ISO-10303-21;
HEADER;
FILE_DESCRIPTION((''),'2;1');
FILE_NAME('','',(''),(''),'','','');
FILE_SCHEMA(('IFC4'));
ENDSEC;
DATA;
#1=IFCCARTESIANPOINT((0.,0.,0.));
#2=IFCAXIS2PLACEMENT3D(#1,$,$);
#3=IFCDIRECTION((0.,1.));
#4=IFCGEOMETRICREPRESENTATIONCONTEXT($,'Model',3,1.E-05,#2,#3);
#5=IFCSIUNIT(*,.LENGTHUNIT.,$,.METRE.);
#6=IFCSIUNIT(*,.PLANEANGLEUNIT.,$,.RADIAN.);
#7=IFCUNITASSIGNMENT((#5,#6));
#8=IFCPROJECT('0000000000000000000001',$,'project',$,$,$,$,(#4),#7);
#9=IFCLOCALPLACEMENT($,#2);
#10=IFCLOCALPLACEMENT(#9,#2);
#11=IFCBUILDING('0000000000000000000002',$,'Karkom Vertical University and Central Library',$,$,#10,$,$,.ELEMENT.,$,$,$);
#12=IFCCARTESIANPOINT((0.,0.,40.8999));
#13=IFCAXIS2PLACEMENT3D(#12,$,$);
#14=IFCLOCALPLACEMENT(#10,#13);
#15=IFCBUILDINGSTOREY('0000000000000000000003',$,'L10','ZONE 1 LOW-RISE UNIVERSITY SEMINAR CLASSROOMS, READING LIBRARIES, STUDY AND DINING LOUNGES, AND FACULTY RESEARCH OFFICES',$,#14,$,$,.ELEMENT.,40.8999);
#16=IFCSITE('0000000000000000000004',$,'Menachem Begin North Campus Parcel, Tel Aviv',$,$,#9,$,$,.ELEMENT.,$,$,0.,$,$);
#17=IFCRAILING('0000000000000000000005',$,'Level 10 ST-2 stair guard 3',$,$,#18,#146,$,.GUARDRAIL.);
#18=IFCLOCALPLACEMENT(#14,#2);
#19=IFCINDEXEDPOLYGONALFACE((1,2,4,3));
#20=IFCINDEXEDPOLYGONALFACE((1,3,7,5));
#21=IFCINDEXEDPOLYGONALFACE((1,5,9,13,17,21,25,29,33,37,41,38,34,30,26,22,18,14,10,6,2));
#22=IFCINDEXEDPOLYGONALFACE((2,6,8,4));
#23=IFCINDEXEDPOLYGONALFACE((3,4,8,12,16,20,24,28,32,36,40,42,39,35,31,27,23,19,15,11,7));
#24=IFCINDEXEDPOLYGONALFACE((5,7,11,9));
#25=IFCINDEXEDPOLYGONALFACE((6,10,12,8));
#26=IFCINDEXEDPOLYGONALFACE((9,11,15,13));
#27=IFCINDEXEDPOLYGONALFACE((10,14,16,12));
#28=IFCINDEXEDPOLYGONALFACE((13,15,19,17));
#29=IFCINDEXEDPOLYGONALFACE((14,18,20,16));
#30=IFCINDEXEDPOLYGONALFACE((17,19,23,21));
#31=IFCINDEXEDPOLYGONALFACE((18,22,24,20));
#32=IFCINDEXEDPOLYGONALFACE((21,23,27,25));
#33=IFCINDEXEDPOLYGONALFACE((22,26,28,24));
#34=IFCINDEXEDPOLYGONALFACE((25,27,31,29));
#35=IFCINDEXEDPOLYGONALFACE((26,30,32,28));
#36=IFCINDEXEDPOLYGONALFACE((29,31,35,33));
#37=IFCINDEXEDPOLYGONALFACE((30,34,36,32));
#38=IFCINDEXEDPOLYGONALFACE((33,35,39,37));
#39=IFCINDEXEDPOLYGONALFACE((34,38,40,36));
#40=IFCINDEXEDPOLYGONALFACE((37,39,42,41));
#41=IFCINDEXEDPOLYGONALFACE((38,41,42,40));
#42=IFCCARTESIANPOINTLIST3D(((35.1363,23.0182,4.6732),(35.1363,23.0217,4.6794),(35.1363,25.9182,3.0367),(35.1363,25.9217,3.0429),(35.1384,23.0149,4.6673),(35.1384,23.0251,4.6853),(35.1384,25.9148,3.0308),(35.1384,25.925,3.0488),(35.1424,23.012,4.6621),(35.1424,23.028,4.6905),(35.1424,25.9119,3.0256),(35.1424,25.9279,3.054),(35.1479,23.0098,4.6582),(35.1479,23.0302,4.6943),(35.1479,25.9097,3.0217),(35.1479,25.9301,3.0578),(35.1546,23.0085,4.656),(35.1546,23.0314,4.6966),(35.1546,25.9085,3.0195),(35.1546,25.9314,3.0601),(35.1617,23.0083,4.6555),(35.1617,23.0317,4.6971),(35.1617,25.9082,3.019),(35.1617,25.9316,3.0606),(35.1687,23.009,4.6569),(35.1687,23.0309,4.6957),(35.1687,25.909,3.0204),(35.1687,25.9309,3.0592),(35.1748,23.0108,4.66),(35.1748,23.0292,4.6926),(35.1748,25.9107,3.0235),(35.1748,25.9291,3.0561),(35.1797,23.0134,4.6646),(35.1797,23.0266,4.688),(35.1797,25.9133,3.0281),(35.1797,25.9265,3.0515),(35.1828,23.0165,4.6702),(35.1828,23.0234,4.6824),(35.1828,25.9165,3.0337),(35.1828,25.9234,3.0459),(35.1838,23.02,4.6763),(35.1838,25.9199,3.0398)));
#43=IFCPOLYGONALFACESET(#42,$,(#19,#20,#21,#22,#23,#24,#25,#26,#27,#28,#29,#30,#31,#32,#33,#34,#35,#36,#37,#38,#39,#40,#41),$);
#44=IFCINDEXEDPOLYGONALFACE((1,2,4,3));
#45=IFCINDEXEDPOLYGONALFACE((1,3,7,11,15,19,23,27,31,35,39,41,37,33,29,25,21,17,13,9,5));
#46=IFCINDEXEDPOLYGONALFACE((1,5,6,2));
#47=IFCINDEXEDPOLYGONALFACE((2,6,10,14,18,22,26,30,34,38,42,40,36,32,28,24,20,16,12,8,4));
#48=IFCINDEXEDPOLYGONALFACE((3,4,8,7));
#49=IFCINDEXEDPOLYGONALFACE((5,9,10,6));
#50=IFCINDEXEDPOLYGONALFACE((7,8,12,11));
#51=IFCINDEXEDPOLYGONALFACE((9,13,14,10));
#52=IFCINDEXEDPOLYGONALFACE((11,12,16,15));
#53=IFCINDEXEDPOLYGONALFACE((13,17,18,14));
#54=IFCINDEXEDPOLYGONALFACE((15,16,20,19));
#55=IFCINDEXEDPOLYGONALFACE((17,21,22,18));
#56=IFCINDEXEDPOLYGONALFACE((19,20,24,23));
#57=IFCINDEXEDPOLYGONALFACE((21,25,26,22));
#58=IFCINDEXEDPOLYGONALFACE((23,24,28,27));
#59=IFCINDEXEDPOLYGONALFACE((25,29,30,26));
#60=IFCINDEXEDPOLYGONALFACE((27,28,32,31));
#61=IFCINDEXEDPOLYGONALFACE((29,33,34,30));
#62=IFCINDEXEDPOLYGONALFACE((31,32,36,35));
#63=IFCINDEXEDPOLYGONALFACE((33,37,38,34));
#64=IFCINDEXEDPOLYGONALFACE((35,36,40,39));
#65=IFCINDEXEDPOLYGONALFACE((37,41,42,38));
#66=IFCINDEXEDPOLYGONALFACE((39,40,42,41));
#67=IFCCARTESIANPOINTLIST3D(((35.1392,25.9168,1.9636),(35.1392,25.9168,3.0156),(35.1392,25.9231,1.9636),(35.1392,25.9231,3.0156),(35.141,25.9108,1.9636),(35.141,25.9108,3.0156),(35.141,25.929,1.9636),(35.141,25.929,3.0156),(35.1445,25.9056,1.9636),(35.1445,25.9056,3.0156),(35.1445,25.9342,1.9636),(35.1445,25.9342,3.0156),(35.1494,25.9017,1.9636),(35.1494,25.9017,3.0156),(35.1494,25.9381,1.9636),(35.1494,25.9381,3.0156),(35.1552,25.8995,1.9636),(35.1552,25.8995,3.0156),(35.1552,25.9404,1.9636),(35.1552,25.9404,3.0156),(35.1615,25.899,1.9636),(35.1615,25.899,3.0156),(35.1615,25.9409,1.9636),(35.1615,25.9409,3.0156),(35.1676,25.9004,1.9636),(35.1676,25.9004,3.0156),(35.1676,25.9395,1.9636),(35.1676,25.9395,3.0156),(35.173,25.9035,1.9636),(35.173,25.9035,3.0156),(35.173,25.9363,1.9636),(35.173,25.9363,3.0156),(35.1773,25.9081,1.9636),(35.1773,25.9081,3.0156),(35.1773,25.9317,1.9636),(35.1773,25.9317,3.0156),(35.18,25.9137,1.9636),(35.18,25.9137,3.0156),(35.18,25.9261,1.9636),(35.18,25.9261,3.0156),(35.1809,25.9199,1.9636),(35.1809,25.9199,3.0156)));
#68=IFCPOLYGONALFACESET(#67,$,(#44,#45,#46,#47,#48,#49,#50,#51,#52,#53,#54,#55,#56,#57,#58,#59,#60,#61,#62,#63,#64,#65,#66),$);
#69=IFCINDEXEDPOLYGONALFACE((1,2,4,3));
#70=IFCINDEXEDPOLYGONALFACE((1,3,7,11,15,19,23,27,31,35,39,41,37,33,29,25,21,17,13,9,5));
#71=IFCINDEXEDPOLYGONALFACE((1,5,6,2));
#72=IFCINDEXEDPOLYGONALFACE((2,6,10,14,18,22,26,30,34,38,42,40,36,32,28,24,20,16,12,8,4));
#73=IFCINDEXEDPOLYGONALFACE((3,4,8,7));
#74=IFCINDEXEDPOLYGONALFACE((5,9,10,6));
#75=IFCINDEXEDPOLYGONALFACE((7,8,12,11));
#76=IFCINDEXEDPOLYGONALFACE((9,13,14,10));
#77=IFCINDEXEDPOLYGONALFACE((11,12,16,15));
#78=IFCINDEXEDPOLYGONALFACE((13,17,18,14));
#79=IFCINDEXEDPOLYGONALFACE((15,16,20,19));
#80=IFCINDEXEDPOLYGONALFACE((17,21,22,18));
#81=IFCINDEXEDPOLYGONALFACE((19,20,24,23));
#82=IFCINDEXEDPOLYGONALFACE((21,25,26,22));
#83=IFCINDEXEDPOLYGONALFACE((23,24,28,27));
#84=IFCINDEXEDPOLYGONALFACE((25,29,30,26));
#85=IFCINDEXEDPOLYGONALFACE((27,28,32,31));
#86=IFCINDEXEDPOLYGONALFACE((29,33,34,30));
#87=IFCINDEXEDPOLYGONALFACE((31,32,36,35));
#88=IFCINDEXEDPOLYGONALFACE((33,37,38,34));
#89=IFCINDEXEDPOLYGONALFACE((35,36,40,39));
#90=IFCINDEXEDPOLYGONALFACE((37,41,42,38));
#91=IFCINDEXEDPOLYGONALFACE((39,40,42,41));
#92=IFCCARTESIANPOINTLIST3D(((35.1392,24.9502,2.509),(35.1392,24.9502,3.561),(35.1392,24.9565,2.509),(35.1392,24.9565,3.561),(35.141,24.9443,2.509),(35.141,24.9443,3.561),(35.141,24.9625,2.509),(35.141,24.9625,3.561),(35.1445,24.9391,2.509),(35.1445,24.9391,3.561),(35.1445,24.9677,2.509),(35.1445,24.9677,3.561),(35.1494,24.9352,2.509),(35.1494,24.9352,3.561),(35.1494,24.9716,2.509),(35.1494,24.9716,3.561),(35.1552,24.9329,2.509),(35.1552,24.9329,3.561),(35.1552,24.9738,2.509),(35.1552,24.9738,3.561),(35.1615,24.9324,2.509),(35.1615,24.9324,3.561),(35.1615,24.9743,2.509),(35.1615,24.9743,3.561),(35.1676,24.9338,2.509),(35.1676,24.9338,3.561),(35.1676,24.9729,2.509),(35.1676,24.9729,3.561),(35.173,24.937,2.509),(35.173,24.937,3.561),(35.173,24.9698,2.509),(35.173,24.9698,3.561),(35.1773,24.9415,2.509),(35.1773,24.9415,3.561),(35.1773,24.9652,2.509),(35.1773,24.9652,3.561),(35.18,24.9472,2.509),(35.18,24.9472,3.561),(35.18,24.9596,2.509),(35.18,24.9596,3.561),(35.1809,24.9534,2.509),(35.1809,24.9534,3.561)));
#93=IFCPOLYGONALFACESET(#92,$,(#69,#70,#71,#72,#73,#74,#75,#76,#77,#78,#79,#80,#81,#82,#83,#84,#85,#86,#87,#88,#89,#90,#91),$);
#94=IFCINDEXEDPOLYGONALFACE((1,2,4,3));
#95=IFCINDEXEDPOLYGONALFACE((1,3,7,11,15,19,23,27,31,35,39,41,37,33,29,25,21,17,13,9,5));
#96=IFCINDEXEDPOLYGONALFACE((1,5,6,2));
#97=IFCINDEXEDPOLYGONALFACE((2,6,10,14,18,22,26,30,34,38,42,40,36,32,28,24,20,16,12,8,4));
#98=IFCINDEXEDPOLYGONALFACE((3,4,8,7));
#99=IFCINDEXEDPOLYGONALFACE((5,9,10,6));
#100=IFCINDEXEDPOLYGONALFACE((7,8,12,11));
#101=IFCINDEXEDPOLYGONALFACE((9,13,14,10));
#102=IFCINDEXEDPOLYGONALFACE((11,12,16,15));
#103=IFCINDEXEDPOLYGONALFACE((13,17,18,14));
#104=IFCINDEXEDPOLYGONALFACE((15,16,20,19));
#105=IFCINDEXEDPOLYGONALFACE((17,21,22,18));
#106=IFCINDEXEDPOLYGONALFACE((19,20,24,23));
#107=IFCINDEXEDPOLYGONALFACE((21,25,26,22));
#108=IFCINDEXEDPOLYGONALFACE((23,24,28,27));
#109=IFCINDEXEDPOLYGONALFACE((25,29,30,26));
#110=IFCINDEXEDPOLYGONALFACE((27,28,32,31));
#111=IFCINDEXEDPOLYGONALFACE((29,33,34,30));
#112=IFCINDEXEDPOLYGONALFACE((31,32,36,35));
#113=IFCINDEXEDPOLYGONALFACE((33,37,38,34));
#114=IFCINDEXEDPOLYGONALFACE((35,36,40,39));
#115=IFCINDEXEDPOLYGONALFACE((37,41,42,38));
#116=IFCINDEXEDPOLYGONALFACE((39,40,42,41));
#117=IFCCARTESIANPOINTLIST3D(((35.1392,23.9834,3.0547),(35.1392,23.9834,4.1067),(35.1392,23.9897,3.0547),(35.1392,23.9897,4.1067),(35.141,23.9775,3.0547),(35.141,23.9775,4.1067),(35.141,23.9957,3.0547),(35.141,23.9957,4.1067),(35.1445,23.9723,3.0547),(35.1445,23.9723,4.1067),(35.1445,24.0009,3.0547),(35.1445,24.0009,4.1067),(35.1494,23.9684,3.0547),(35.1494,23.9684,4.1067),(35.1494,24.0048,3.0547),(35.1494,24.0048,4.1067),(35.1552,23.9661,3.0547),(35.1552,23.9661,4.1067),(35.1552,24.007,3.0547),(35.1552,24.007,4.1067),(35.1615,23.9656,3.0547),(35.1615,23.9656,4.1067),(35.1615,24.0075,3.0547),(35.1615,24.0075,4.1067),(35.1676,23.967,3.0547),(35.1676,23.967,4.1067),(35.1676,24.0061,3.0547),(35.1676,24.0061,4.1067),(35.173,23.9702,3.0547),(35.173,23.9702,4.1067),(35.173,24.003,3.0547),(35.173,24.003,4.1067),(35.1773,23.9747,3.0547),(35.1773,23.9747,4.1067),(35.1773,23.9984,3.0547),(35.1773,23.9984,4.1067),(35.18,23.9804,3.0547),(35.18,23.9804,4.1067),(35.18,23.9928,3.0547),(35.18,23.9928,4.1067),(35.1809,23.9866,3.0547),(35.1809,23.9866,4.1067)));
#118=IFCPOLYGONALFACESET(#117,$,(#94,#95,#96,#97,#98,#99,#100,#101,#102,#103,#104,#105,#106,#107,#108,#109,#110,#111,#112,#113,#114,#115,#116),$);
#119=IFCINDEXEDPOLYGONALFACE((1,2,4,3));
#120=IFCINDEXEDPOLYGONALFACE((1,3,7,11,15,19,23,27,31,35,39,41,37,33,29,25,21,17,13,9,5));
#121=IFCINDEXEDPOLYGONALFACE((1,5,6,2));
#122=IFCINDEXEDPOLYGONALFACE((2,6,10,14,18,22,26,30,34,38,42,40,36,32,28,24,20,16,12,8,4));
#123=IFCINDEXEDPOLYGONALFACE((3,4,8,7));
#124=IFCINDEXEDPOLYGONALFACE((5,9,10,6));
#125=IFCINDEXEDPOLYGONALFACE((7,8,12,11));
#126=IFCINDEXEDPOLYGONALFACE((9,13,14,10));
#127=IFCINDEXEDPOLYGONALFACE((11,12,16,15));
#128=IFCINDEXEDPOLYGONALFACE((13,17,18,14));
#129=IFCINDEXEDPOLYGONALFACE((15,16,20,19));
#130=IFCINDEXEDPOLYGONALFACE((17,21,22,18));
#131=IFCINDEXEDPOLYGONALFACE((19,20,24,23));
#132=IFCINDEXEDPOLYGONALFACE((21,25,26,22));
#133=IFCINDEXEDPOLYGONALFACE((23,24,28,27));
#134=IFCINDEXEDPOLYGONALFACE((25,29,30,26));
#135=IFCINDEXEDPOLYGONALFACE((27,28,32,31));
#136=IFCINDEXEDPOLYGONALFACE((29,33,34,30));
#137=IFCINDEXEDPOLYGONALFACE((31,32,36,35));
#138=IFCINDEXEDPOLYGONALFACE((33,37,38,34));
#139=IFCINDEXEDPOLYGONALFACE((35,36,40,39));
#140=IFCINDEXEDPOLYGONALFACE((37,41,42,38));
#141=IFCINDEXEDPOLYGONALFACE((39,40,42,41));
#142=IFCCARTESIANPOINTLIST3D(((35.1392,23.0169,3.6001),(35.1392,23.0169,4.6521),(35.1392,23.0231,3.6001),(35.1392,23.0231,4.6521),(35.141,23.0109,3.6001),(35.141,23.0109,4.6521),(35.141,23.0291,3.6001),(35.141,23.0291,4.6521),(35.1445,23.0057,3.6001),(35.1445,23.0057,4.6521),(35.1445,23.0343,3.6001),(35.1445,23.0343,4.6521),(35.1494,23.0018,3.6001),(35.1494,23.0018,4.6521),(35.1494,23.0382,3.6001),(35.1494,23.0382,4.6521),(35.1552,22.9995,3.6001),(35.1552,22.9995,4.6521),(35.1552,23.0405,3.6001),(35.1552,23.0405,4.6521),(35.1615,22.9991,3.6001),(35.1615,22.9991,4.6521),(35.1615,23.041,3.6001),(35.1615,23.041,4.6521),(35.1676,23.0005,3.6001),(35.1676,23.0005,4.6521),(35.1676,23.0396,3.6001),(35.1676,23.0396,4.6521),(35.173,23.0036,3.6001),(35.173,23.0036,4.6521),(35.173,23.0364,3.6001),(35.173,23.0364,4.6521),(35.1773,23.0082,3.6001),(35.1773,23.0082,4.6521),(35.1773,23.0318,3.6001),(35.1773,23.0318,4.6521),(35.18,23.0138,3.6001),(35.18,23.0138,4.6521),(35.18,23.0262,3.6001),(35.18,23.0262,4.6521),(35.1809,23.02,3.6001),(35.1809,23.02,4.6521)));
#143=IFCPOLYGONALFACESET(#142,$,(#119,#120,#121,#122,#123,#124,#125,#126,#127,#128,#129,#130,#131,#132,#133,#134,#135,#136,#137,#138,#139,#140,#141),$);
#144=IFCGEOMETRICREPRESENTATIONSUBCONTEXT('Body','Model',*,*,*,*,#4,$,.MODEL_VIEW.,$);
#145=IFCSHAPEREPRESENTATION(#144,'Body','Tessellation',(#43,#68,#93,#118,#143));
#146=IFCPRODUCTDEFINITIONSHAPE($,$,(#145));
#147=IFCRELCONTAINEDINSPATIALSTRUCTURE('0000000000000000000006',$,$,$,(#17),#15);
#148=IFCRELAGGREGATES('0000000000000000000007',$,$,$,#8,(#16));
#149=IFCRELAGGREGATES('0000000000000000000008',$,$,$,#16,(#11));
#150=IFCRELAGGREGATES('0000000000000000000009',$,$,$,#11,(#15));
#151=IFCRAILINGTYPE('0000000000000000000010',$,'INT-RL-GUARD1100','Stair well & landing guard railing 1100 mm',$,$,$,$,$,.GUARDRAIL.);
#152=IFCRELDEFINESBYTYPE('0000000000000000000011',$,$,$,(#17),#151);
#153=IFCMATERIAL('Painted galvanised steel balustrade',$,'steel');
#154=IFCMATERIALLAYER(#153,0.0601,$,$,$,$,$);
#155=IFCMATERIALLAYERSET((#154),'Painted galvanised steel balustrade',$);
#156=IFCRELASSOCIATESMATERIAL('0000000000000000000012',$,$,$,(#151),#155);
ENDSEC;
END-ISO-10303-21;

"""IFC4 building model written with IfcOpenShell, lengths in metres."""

from ifc_helpers import new_model, si_unit, direction, frame, origin, origin_2d, place, context, subcontext, project, spatial, circle, extrude, material, layer, layer_set, type_object, element, save


model = new_model("IFC4")

# Units and contexts
model_context = context("Model", 3, precision=1e-05, world=origin(), true_north=direction((0.0, 1.0)))
body_context = subcontext(model_context, "Body", "Model", "MODEL_VIEW")
ifc_project = project(units=[si_unit("LENGTHUNIT", "METRE"), si_unit("PLANEANGLEUNIT", "RADIAN")], contexts=[model_context])

# Site, building, storey
site_placement = place(None, origin())
site = spatial("IfcSite", under=ifc_project, at=site_placement, Name="Menachem Begin North Campus Parcel, Tel Aviv", CompositionType="ELEMENT", RefElevation=0.0)
building_placement = place(site_placement, origin())
building = spatial("IfcBuilding", under=site, at=building_placement, Name="Karkom Vertical University and Central Library", CompositionType="ELEMENT")
storey_placement = place(building_placement, frame((0.0, 0.0, 40.8999)))
storey = spatial("IfcBuildingStorey", under=building, at=storey_placement, Name="L10", Description="ZONE 1 LOW-RISE UNIVERSITY SEMINAR CLASSROOMS, READING LIBRARIES, STUDY AND DINING LOUNGES, AND FACULTY RESEARCH OFFICES", CompositionType="ELEMENT", Elevation=40.8999)

# Railing
ifc_material_1 = material(Name="Painted galvanised steel balustrade", Category="steel")
ifc_layer_1 = layer(ifc_material_1, 0.0601)
ifc_layer_set_1 = layer_set([ifc_layer_1], Name="Painted galvanised steel balustrade")
railing_type = type_object("IfcRailingType", Name="INT-RL-GUARD1100", Description="Stair well & landing guard railing 1100 mm", PredefinedType="GUARDRAIL", material=ifc_layer_set_1)
railing_1_placement = place(storey_placement, frame((35.1599, 25.9199, 1.9636)))
element("IfcRailing", 1, at=railing_1_placement, inside=storey, type_object=railing_type, Name="Level 10 ST-2 stair guard 3", PredefinedType="GUARDRAIL", context=body_context, shape_type="SweptSolid", body=[
    extrude(circle(Radius=0.0239, at=origin_2d()), frame((0.0, 0.0, 1.0762), z_axis=(0.0, -0.870897, 0.491465), x_axis=(1.0, 0.0, 0.0)), (0.0, 0.0, 1.0), 3.3298),
    extrude(circle(Radius=0.021, at=origin_2d()), origin(), (0.0, 0.0, 1.0), 1.052),
    extrude(circle(Radius=0.021, at=origin_2d()), frame((0.0, -0.9666, 0.5454)), (0.0, 0.0, 1.0), 1.052),
    extrude(circle(Radius=0.021, at=origin_2d()), frame((0.0, -1.9333, 1.0911)), (0.0, 0.0, 1.0), 1.052),
    extrude(circle(Radius=0.021, at=origin_2d()), frame((0.0, -2.8999, 1.6365)), (0.0, 0.0, 1.0), 1.052),
])

save(model, "model.ifc")
